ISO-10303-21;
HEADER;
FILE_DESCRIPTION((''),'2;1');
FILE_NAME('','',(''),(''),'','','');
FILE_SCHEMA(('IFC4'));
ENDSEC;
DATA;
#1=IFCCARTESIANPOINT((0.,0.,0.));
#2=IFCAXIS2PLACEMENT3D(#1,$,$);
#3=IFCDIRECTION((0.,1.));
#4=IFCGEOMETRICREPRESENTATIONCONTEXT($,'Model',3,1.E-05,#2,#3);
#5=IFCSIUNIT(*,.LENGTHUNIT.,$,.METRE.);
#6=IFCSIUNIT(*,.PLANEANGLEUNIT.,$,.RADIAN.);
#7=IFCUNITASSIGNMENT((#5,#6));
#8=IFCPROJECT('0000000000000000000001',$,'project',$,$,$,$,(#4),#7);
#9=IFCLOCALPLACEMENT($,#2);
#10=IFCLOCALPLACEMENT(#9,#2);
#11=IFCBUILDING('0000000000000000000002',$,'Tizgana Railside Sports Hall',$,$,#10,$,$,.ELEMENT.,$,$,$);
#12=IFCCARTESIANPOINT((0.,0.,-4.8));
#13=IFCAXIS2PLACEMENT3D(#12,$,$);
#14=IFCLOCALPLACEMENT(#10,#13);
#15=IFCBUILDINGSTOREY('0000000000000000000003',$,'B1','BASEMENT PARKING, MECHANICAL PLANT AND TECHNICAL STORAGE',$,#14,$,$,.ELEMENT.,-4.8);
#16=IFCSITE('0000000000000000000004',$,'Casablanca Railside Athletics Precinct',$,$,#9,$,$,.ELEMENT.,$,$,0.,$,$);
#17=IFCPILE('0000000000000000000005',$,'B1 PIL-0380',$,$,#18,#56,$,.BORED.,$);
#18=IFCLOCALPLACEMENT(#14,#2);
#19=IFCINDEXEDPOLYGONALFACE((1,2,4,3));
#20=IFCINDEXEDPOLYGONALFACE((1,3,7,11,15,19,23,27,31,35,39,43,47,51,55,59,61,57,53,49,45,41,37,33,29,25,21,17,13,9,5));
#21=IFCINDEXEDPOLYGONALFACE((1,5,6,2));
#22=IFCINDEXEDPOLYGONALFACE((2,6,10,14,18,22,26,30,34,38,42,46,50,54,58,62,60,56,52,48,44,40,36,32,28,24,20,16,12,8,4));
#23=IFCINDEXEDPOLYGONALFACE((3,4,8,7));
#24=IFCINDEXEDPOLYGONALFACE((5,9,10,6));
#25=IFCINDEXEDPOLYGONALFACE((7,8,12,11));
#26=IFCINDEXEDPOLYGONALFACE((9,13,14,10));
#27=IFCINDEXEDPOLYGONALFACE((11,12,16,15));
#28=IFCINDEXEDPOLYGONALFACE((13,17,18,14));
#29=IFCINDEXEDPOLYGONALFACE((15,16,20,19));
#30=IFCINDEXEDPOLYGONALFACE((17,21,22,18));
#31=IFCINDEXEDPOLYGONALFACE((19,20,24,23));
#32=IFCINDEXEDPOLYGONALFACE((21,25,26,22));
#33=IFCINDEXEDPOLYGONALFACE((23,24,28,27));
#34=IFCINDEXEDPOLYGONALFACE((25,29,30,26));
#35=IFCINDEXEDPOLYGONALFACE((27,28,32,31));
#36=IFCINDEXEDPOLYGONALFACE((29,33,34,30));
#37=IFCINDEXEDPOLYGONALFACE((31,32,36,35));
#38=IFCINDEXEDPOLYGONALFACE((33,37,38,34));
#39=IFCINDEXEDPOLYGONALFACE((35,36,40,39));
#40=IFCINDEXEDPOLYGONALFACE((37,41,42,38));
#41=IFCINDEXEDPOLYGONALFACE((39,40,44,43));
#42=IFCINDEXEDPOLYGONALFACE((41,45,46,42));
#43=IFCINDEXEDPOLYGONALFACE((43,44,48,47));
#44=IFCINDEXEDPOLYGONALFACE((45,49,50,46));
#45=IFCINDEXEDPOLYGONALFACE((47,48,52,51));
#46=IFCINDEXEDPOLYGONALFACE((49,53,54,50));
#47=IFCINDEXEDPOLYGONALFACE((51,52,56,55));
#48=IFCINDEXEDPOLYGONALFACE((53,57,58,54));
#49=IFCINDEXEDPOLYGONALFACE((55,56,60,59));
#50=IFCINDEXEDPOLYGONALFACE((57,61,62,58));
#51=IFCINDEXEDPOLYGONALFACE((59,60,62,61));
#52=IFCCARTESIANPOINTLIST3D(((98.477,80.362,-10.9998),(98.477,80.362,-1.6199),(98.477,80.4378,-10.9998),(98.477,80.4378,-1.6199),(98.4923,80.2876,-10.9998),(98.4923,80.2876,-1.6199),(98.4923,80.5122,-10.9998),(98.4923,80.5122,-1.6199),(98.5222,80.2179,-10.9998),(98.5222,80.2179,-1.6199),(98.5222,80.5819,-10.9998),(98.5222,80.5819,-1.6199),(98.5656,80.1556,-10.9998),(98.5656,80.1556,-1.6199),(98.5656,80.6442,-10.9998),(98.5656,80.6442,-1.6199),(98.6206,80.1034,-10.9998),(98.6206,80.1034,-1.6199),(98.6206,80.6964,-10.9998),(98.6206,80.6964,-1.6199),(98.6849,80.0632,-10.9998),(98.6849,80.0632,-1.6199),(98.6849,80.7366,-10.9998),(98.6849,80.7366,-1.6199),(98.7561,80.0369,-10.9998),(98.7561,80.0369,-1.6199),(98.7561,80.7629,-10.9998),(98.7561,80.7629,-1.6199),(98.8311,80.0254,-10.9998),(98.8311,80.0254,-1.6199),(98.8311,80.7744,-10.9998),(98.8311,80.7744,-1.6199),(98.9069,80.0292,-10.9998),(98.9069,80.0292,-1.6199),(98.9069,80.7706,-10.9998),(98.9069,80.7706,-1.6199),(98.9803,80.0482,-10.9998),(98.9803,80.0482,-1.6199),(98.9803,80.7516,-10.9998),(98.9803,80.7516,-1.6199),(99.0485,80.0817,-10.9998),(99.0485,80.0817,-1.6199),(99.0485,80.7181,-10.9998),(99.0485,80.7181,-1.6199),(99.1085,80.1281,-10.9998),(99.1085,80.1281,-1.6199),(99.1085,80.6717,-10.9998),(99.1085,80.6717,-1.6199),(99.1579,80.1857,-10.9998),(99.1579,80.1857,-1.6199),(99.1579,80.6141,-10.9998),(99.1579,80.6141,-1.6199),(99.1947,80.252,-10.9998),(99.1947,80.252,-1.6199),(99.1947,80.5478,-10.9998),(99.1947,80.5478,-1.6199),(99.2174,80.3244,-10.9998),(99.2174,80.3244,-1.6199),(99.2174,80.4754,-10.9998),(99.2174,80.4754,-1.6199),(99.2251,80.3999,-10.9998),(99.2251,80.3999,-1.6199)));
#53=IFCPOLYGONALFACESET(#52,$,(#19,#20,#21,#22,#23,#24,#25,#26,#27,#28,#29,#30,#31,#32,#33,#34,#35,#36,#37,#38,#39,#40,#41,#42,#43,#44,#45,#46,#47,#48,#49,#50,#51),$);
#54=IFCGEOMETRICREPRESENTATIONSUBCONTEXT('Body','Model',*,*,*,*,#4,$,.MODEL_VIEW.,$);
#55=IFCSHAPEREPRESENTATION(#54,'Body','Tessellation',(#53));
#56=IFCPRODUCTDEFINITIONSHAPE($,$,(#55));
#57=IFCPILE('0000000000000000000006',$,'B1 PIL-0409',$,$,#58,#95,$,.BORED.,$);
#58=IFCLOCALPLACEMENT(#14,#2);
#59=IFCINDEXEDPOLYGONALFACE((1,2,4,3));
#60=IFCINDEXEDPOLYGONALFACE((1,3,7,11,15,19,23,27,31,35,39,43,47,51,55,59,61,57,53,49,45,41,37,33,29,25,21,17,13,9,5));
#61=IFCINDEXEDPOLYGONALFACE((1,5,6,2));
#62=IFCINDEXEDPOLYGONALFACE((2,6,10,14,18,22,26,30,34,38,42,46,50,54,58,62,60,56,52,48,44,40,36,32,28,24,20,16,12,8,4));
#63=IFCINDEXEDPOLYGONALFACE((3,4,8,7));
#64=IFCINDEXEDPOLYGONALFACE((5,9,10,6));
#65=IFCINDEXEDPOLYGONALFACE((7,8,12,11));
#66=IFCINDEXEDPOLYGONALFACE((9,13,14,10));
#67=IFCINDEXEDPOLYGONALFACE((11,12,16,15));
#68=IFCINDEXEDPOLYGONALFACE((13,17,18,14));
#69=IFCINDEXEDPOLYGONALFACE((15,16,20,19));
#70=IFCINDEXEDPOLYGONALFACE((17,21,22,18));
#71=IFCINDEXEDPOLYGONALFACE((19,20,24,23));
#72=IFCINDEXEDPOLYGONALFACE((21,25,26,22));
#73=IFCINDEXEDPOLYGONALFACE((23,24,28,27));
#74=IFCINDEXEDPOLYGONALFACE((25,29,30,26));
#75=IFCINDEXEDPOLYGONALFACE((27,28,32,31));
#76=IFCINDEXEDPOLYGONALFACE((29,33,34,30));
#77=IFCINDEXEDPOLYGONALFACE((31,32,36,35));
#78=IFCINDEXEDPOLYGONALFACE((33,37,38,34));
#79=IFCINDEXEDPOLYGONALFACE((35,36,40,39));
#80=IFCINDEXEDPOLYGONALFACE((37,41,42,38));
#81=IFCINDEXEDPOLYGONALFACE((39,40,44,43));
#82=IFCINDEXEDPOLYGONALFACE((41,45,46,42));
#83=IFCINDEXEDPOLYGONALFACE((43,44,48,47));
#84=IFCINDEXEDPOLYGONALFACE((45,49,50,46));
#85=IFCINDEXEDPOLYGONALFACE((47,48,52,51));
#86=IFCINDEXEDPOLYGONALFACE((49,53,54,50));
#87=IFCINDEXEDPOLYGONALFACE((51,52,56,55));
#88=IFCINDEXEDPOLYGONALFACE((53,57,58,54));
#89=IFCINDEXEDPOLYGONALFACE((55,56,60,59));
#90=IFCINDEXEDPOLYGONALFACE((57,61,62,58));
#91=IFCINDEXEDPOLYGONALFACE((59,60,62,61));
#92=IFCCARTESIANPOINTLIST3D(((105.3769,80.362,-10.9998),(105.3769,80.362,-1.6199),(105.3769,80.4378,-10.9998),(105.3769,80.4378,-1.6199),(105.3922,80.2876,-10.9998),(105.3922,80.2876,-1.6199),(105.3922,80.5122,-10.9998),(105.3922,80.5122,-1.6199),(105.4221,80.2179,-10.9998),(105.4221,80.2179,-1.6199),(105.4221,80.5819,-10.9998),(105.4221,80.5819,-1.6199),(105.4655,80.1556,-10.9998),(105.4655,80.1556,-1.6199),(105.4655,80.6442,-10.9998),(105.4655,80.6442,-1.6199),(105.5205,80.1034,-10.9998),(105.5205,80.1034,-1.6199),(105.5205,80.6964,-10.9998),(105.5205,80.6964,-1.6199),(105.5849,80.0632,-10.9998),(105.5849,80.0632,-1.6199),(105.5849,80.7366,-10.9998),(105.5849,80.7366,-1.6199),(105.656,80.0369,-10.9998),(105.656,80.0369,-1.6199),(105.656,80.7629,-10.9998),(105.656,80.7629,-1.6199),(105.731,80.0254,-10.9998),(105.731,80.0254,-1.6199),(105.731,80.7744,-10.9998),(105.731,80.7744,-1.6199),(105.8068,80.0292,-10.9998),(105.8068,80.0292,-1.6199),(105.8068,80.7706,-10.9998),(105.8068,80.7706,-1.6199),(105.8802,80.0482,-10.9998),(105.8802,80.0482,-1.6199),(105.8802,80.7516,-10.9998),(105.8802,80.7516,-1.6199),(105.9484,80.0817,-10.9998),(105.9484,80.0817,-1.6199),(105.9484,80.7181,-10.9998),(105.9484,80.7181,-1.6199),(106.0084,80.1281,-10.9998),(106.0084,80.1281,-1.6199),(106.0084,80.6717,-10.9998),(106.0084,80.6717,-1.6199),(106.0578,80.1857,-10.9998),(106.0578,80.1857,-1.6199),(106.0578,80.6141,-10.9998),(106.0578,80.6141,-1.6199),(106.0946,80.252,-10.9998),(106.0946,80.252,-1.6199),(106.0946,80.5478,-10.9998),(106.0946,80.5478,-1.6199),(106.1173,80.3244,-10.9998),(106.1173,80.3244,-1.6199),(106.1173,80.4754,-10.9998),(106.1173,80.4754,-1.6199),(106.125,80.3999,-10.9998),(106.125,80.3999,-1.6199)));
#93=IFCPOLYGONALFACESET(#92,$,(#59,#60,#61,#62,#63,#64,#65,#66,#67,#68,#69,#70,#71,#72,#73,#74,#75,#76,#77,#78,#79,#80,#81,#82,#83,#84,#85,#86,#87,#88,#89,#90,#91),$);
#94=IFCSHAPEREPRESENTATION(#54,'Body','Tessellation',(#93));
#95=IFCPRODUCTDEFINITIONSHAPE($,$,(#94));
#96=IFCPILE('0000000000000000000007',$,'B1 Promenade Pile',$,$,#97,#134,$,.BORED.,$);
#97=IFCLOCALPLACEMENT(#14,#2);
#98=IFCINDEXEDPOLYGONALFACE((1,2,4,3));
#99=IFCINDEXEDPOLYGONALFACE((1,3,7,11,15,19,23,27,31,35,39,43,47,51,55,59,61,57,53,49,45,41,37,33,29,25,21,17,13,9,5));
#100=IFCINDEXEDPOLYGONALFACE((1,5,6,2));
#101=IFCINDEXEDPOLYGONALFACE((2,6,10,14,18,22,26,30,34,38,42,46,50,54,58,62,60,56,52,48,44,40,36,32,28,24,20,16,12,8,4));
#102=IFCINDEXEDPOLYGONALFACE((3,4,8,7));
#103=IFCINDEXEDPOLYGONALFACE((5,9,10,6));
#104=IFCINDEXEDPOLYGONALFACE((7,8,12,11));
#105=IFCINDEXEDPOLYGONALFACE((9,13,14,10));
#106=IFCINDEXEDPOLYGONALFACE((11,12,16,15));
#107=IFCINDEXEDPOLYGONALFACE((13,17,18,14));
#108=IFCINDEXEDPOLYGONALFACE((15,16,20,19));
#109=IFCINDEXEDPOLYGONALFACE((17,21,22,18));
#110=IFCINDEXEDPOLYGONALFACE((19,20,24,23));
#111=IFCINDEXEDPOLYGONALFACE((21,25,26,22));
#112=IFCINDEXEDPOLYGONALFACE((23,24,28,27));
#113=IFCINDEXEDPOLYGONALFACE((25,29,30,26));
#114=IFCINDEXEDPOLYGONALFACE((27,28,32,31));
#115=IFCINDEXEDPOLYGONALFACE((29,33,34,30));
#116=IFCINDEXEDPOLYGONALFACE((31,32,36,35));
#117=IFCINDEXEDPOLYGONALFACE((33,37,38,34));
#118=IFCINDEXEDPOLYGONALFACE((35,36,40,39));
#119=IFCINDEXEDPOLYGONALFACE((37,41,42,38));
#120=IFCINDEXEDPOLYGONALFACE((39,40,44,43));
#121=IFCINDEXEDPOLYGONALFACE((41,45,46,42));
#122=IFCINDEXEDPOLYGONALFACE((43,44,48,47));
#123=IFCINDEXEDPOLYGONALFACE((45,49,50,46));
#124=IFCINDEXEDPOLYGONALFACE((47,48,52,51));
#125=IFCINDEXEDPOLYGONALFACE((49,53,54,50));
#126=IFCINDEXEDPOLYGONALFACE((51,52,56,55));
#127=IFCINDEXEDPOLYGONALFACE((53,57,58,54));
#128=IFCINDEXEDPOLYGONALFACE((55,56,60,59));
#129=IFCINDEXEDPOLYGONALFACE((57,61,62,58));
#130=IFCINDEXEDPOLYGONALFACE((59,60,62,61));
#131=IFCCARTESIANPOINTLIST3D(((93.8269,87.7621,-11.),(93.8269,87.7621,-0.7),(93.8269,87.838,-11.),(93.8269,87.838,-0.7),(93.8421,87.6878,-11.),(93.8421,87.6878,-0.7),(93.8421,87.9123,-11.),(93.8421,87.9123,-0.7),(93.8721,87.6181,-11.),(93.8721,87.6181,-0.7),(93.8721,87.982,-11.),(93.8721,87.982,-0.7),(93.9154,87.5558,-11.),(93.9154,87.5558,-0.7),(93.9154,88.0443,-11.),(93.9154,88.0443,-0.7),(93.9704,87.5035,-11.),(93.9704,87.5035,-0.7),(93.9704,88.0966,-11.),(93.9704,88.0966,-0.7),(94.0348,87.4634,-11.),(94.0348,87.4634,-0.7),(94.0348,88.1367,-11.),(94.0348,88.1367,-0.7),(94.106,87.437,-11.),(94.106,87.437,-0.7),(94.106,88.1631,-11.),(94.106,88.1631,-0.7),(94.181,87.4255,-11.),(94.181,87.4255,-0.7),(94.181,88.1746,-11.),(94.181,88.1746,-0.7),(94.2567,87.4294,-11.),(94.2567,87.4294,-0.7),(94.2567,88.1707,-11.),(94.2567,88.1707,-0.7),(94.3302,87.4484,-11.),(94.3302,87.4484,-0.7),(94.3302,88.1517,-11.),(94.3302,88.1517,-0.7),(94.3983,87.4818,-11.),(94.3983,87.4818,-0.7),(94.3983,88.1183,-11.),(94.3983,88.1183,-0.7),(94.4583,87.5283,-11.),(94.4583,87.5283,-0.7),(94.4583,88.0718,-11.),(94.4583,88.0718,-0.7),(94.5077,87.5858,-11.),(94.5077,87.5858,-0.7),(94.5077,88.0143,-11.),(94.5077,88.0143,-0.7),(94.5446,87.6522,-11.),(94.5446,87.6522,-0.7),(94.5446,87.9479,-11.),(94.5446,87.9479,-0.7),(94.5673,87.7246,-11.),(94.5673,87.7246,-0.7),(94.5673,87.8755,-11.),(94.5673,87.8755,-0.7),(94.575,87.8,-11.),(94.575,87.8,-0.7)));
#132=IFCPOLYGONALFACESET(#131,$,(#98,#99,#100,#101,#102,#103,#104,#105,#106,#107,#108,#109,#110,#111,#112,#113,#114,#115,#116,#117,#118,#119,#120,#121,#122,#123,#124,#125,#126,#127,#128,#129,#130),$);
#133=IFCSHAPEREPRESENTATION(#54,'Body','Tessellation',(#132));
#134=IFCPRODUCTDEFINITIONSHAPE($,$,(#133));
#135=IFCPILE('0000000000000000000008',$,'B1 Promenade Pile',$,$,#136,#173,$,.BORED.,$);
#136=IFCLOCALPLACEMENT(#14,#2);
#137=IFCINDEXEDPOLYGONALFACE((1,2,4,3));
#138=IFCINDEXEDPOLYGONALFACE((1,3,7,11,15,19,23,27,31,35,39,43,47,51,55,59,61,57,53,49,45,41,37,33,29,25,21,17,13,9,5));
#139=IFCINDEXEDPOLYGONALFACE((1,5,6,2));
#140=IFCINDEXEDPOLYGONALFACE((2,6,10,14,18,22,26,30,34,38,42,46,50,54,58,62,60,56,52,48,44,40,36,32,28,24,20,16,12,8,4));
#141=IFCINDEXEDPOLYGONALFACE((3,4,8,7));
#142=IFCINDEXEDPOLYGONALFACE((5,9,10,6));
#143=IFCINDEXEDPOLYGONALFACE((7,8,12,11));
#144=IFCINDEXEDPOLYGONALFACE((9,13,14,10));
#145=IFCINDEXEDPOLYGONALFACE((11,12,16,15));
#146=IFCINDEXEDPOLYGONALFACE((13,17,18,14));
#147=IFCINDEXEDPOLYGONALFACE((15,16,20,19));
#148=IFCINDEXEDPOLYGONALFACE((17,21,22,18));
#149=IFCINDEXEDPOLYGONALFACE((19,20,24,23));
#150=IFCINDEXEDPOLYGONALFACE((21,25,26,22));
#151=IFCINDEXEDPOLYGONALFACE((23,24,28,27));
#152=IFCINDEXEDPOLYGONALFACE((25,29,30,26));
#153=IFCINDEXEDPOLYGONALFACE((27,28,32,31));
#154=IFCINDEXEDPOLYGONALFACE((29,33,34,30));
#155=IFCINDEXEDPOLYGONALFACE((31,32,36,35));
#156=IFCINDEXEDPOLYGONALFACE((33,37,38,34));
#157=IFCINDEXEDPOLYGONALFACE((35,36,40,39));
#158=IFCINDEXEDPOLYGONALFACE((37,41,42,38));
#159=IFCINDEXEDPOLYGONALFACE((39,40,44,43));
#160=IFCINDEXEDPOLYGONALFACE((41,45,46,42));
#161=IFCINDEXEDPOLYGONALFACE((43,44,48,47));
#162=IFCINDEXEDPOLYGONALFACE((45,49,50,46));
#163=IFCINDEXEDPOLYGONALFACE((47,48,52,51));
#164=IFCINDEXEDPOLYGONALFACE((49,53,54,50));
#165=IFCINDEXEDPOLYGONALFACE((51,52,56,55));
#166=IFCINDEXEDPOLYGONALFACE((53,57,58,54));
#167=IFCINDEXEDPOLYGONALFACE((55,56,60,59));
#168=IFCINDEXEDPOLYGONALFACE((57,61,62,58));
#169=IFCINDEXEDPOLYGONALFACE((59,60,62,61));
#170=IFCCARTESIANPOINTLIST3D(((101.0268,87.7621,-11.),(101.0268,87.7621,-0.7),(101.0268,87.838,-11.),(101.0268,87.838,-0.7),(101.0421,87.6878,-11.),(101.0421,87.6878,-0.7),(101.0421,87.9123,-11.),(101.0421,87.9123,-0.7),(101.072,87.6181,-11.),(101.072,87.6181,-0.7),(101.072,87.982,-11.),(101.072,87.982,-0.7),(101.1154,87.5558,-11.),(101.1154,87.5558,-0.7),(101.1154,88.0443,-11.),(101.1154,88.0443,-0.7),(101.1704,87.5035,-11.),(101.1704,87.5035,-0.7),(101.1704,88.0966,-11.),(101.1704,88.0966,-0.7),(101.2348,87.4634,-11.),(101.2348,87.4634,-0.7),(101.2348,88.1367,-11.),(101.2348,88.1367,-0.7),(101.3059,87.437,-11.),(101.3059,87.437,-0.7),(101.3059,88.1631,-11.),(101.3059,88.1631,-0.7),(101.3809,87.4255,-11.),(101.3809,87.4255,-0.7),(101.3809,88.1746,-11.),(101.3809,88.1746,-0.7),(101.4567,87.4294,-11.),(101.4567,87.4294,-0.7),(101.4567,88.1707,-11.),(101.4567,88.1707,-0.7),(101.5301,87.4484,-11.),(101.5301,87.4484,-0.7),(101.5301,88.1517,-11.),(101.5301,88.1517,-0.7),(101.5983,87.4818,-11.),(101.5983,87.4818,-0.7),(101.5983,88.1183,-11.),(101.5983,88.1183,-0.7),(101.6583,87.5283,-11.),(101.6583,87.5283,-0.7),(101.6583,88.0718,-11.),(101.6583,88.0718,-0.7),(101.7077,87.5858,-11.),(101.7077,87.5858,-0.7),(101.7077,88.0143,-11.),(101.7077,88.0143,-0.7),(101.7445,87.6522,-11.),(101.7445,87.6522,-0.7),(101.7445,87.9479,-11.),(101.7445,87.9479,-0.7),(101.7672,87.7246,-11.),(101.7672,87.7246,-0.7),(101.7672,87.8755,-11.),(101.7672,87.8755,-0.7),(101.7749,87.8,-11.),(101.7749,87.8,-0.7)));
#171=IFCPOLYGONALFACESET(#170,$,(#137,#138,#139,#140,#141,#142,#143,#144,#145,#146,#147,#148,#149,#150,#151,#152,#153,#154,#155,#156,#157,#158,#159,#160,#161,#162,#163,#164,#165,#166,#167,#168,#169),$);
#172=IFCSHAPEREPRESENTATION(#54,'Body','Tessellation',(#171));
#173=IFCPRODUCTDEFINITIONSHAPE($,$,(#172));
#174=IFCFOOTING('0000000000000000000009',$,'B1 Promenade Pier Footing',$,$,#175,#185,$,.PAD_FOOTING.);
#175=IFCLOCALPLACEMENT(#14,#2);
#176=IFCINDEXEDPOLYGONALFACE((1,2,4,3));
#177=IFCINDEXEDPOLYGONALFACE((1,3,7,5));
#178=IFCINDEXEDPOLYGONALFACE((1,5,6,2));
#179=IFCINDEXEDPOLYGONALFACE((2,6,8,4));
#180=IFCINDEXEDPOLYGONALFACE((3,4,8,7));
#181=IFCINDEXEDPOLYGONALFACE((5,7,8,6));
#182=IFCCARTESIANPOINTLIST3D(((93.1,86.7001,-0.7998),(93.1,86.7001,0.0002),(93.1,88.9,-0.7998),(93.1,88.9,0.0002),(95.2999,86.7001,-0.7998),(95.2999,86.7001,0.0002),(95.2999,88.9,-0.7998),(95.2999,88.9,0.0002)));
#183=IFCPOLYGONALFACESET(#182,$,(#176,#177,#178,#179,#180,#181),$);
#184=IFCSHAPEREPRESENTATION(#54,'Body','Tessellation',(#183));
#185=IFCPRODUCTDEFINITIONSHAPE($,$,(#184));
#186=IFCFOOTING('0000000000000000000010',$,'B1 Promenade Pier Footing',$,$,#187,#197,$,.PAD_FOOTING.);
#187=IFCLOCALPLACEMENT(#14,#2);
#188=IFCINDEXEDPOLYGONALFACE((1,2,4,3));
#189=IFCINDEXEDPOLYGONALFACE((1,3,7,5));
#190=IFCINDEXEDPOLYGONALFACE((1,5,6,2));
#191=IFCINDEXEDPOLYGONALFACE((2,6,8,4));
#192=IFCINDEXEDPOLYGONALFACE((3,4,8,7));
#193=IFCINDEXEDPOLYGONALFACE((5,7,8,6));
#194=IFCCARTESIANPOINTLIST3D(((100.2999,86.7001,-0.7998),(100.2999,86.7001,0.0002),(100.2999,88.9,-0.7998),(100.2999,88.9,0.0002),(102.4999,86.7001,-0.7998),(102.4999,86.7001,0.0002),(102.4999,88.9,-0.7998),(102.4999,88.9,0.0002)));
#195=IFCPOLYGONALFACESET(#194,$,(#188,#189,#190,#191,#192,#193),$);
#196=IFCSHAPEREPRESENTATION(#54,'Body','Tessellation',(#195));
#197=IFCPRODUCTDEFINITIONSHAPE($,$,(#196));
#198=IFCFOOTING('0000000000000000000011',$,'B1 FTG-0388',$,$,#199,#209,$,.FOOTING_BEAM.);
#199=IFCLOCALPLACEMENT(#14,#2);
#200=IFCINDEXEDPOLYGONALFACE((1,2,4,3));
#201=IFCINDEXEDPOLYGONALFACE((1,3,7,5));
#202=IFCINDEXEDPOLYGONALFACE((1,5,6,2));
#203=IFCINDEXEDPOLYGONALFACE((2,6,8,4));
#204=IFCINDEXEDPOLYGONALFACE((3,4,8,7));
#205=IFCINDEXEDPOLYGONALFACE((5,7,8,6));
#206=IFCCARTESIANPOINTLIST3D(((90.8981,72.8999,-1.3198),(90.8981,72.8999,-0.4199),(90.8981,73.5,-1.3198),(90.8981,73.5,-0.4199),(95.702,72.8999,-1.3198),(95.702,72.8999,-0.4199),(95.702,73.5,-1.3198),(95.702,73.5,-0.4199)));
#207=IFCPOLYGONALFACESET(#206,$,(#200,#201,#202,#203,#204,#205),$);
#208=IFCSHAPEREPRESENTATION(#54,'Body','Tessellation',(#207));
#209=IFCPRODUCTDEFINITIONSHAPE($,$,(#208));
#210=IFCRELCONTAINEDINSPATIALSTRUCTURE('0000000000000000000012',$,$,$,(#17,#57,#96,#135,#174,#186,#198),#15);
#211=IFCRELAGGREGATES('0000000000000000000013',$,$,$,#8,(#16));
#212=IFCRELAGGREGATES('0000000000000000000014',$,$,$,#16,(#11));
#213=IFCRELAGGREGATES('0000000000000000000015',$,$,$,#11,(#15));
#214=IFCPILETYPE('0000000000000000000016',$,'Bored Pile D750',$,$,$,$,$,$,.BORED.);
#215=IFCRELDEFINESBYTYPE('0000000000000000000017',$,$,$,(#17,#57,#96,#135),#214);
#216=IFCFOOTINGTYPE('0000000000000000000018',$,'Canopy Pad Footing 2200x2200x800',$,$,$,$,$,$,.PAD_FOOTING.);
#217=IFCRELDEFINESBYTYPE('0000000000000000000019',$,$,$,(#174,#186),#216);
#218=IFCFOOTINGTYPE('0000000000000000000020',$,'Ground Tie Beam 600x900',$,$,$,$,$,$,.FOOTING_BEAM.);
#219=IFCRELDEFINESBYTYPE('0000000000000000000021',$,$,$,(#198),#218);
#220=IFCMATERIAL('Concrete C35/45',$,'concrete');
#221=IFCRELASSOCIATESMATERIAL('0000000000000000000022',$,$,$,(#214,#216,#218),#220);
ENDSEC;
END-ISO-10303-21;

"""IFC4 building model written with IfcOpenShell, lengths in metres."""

from ifc_helpers import new_model, si_unit, direction, frame, origin, origin_2d, place, context, subcontext, project, spatial, rectangle, circle, extrude, material, material_profile, profile_set, type_object, element, save


model = new_model("IFC4")

# Units and contexts
model_context = context("Model", 3, precision=1e-05, world=origin(), true_north=direction((0.0, 1.0)))
body_context = subcontext(model_context, "Body", "Model", "MODEL_VIEW")
ifc_project = project(units=[si_unit("LENGTHUNIT", "METRE"), si_unit("PLANEANGLEUNIT", "RADIAN")], contexts=[model_context])

# Site, building, storey
site_placement = place(None, origin())
site = spatial("IfcSite", under=ifc_project, at=site_placement, Name="Casablanca Railside Athletics Precinct", CompositionType="ELEMENT", RefElevation=0.0)
building_placement = place(site_placement, origin())
building = spatial("IfcBuilding", under=site, at=building_placement, Name="Tizgana Railside Sports Hall", CompositionType="ELEMENT")
storey_placement = place(building_placement, frame((0.0, 0.0, -4.8)))
storey = spatial("IfcBuildingStorey", under=building, at=storey_placement, Name="B1", Description="BASEMENT PARKING, MECHANICAL PLANT AND TECHNICAL STORAGE", CompositionType="ELEMENT", Elevation=-4.8)

# Piles
ifc_material_1 = material(Name="Concrete C35/45", Category="concrete")
ifc_material_profile_1 = material_profile(ifc_material_1, circle(Radius=0.375, at=origin_2d()), Name="PILE D750")
ifc_profile_set_1 = profile_set([ifc_material_profile_1], Name="Concrete C35/45")
pile_type_1 = type_object("IfcPileType", Name="Bored Pile D750", PredefinedType="BORED", material=ifc_profile_set_1)
for number, where, z_axis, x_axis, name in (
    (1, (98.8501, 80.3999, -1.6199), (0.0, 0.0, -1.0), (1.0, 0.0, 0.0), "B1 PIL-0380"),
    (2, (105.75, 80.3999, -1.6199), (0.0, 0.0, -1.0), (1.0, 0.0, 0.0), "B1 PIL-0409"),
):
    element("IfcPile", number, at=place(storey_placement, frame(where, z_axis=z_axis, x_axis=x_axis)), inside=storey, type_object=pile_type_1, Name=name, PredefinedType="BORED", context=body_context, shape_type="SweptSolid", body=[
        extrude(circle(Radius=0.375, at=origin_2d()), origin(), (0.0, 0.0, 1.0), 9.3799),
    ])
for number, where, z_axis, x_axis, name in (
    (3, (94.2, 87.8, -0.7), (0.0, 0.0, -1.0), (1.0, 0.0, 0.0), "B1 Promenade Pile"),
    (4, (101.3999, 87.8, -0.7), (0.0, 0.0, -1.0), (1.0, 0.0, 0.0), "B1 Promenade Pile"),
):
    element("IfcPile", number, at=place(storey_placement, frame(where, z_axis=z_axis, x_axis=x_axis)), inside=storey, type_object=pile_type_1, Name=name, PredefinedType="BORED", context=body_context, shape_type="SweptSolid", body=[
        extrude(circle(Radius=0.375, at=origin_2d()), origin(), (0.0, 0.0, 1.0), 10.3),
    ])

# Footings
footing_type_1 = type_object("IfcFootingType", Name="Canopy Pad Footing 2200x2200x800", PredefinedType="PAD_FOOTING", material=ifc_material_1)
for number, where, z_axis, x_axis, name in (
    (5, (94.2, 87.8, -0.7998), (0.0, 0.0, 1.0), (1.0, 0.0, 0.0), "B1 Promenade Pier Footing"),
    (6, (101.3999, 87.8, -0.7998), (0.0, 0.0, 1.0), (1.0, 0.0, 0.0), "B1 Promenade Pier Footing"),
):
    element("IfcFooting", number, at=place(storey_placement, frame(where, z_axis=z_axis, x_axis=x_axis)), inside=storey, type_object=footing_type_1, Name=name, PredefinedType="PAD_FOOTING", context=body_context, shape_type="SweptSolid", body=[
        extrude(rectangle(XDim=2.2, YDim=2.2, at=origin_2d()), origin(), (0.0, 0.0, 1.0), 0.8),
    ])
footing_type_2 = type_object("IfcFootingType", Name="Ground Tie Beam 600x900", PredefinedType="FOOTING_BEAM", material=ifc_material_1)
for number, where, z_axis, x_axis, name in (
    (7, (93.3, 73.2, -1.3198), (0.0, 0.0, 1.0), (1.0, 0.0, 0.0), "B1 FTG-0388"),
):
    element("IfcFooting", number, at=place(storey_placement, frame(where, z_axis=z_axis, x_axis=x_axis)), inside=storey, type_object=footing_type_2, Name=name, PredefinedType="FOOTING_BEAM", context=body_context, shape_type="SweptSolid", body=[
        extrude(rectangle(XDim=4.804, YDim=0.6001, at=origin_2d()), origin(), (0.0, 0.0, 1.0), 0.8999),
    ])

save(model, "model.ifc")
